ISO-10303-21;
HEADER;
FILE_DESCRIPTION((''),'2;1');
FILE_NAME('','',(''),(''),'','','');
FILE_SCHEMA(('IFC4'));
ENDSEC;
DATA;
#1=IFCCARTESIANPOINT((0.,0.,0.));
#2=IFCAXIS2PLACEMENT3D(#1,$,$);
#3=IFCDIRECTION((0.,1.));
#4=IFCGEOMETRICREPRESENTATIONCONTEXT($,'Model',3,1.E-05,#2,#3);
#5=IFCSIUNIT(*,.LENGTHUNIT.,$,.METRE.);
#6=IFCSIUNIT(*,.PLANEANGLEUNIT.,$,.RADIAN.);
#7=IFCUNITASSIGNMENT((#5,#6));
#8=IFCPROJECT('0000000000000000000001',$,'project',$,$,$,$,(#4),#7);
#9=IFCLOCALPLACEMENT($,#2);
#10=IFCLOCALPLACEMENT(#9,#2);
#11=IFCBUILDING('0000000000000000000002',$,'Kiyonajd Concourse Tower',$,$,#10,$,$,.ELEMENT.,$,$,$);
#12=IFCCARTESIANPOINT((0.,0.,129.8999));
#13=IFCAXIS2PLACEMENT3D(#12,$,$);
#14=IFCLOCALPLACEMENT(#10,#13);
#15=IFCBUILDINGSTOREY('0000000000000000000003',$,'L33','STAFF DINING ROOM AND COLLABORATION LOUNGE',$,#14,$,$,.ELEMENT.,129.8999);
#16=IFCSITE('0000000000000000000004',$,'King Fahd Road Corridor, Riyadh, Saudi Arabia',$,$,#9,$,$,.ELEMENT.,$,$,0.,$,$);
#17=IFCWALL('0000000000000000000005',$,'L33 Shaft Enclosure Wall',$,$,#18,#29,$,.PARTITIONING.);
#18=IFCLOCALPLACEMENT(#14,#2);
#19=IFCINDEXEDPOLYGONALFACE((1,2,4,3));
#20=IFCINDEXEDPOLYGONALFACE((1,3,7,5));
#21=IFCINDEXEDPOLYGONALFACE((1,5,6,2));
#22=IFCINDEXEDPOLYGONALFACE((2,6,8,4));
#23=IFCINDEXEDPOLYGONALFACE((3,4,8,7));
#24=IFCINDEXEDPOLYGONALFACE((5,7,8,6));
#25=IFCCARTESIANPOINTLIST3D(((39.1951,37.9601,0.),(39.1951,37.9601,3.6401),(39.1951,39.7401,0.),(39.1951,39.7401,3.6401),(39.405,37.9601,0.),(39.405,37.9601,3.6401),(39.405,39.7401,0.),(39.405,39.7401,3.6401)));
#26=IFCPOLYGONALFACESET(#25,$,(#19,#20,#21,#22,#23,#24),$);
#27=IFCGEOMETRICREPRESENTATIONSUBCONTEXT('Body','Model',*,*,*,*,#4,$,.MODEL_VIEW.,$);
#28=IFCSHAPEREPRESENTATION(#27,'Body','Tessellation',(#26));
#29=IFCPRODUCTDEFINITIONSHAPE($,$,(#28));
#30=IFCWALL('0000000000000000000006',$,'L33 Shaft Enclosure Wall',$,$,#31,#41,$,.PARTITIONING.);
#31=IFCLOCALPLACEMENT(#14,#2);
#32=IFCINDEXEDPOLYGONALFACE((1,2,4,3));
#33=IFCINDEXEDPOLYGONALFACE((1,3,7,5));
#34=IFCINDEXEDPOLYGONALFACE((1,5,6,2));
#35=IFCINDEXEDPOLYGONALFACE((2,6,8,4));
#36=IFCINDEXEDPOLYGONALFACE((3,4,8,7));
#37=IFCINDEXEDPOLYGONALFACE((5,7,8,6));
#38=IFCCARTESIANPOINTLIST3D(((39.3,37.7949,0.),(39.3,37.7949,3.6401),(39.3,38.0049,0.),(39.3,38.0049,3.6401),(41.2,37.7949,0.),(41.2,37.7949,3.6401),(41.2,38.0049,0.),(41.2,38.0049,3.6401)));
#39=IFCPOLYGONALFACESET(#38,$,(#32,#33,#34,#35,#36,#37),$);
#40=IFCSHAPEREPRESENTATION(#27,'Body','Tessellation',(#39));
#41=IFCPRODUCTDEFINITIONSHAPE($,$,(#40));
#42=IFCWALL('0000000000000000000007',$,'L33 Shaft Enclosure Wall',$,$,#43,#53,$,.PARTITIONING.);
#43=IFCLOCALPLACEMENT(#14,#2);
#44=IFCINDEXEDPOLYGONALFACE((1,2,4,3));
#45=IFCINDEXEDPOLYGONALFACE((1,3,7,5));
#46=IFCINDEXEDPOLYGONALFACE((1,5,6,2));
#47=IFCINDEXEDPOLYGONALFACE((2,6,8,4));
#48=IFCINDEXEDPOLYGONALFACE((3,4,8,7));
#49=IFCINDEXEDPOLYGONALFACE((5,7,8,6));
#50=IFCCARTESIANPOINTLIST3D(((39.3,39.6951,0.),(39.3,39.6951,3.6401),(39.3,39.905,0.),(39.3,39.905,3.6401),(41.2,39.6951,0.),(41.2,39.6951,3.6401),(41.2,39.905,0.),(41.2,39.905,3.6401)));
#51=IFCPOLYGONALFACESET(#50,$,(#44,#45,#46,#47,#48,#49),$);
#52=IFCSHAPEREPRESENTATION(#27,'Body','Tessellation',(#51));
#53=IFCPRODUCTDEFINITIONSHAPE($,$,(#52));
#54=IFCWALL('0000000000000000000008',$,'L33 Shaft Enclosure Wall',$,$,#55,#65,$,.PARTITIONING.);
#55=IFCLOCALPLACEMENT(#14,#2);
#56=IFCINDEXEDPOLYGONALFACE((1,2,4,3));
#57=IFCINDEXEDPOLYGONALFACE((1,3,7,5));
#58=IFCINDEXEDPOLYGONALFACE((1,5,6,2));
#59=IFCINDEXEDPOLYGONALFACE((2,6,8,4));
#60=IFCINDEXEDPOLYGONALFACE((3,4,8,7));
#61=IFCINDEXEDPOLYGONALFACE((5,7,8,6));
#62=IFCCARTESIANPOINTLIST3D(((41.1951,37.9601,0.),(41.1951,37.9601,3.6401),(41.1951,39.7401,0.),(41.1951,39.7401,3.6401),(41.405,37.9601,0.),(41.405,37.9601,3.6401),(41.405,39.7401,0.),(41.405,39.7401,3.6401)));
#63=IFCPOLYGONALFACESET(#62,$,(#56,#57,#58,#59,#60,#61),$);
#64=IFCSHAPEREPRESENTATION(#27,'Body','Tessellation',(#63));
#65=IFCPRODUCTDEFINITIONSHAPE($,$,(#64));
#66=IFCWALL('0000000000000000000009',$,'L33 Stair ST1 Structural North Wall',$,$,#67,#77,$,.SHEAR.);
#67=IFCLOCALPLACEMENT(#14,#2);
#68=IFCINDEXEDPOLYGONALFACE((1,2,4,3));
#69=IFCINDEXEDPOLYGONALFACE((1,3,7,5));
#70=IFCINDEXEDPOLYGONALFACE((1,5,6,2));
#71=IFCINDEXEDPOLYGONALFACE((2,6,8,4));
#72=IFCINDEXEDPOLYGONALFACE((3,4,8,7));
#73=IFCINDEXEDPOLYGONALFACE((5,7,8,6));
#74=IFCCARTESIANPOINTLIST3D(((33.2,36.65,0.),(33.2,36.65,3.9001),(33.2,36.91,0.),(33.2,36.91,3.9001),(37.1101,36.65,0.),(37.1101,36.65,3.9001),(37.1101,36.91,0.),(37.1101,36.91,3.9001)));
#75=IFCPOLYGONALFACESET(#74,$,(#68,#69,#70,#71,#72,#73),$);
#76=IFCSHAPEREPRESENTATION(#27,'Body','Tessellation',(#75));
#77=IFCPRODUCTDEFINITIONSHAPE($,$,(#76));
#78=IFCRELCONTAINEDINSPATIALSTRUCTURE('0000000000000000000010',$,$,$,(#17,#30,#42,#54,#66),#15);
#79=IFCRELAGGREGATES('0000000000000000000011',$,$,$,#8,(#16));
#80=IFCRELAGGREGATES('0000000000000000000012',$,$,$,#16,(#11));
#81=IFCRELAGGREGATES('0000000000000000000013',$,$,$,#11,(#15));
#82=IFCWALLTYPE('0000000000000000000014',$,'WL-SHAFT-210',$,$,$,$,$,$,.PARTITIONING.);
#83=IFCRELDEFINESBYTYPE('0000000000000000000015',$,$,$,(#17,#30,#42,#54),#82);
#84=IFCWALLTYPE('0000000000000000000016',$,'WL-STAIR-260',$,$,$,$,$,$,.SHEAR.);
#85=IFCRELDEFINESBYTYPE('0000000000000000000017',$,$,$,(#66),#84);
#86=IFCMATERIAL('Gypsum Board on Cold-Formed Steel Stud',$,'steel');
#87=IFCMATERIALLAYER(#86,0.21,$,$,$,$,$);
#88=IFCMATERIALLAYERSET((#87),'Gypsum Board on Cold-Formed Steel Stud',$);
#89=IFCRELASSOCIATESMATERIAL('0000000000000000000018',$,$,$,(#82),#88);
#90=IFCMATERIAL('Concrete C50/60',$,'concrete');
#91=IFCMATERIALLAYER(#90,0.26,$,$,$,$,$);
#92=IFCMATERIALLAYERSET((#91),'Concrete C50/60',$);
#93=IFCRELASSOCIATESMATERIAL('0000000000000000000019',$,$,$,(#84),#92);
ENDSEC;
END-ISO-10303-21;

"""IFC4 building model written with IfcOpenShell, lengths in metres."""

from ifc_helpers import new_model, si_unit, direction, frame, frame_2d, origin, place, context, subcontext, project, spatial, rectangle, extrude, material, layer, layer_set, type_object, element, save


model = new_model("IFC4")

# Units and contexts
model_context = context("Model", 3, precision=1e-05, world=origin(), true_north=direction((0.0, 1.0)))
body_context = subcontext(model_context, "Body", "Model", "MODEL_VIEW")
ifc_project = project(units=[si_unit("LENGTHUNIT", "METRE"), si_unit("PLANEANGLEUNIT", "RADIAN")], contexts=[model_context])

# Site, building, storey
site_placement = place(None, origin())
site = spatial("IfcSite", under=ifc_project, at=site_placement, Name="King Fahd Road Corridor, Riyadh, Saudi Arabia", CompositionType="ELEMENT", RefElevation=0.0)
building_placement = place(site_placement, origin())
building = spatial("IfcBuilding", under=site, at=building_placement, Name="Kiyonajd Concourse Tower", CompositionType="ELEMENT")
storey_placement = place(building_placement, frame((0.0, 0.0, 129.8999)))
storey = spatial("IfcBuildingStorey", under=building, at=storey_placement, Name="L33", Description="STAFF DINING ROOM AND COLLABORATION LOUNGE", CompositionType="ELEMENT", Elevation=129.8999)

# Shared definitions
ifc_material_1 = material(Name="Gypsum Board on Cold-Formed Steel Stud", Category="steel")
ifc_layer_1 = layer(ifc_material_1, 0.21)
ifc_layer_set_1 = layer_set([ifc_layer_1], Name="Gypsum Board on Cold-Formed Steel Stud")
wall_type_1 = type_object("IfcWallType", Name="WL-SHAFT-210", PredefinedType="PARTITIONING", material=ifc_layer_set_1)

# Walls
wall_1_placement = place(storey_placement, frame((39.3, 37.96, 0.0), z_axis=(0.0, 0.0, 1.0), x_axis=(0.0, 1.0, 0.0)))
element("IfcWall", 1, at=wall_1_placement, inside=storey, type_object=wall_type_1, Name="L33 Shaft Enclosure Wall", PredefinedType="PARTITIONING", context=body_context, shape_type="SweptSolid", body=[
    extrude(rectangle(XDim=1.78, YDim=0.21, at=frame_2d((0.8901, 0.0))), origin(), (0.0, 0.0, 1.0), 3.6401),
])
for number, where, z_axis, x_axis, name in (
    (2, (39.3, 37.8999, 0.0), (0.0, 0.0, 1.0), (1.0, 0.0, 0.0), "L33 Shaft Enclosure Wall"),
    (3, (39.3, 39.8, 0.0), (0.0, 0.0, 1.0), (1.0, 0.0, 0.0), "L33 Shaft Enclosure Wall"),
):
    element("IfcWall", number, at=place(storey_placement, frame(where, z_axis=z_axis, x_axis=x_axis)), inside=storey, type_object=wall_type_1, Name=name, PredefinedType="PARTITIONING", context=body_context, shape_type="SweptSolid", body=[
        extrude(rectangle(XDim=1.8999, YDim=0.21, at=frame_2d((0.95, 0.0))), origin(), (0.0, 0.0, 1.0), 3.6401),
    ])
wall_2_placement = place(storey_placement, frame((41.3, 37.96, 0.0), z_axis=(0.0, 0.0, 1.0), x_axis=(0.0, 1.0, 0.0)))
element("IfcWall", 4, at=wall_2_placement, inside=storey, type_object=wall_type_1, Name="L33 Shaft Enclosure Wall", PredefinedType="PARTITIONING", context=body_context, shape_type="SweptSolid", body=[
    extrude(rectangle(XDim=1.78, YDim=0.21, at=frame_2d((0.8901, 0.0))), origin(), (0.0, 0.0, 1.0), 3.6401),
])
ifc_material_2 = material(Name="Concrete C50/60", Category="concrete")
ifc_layer_2 = layer(ifc_material_2, 0.26)
ifc_layer_set_2 = layer_set([ifc_layer_2], Name="Concrete C50/60")
wall_type_2 = type_object("IfcWallType", Name="WL-STAIR-260", PredefinedType="SHEAR", material=ifc_layer_set_2)
wall_3_placement = place(storey_placement, frame((33.2, 36.78, 0.0), z_axis=(0.0, 0.0, 1.0), x_axis=(1.0, 0.0, 0.0)))
element("IfcWall", 5, at=wall_3_placement, inside=storey, type_object=wall_type_2, Name="L33 Stair ST1 Structural North Wall", PredefinedType="SHEAR", context=body_context, shape_type="SweptSolid", body=[
    extrude(rectangle(XDim=3.9102, YDim=0.26, at=frame_2d((1.9551, 0.0))), origin(), (0.0, 0.0, 1.0), 3.9001),
])

save(model, "model.ifc")
